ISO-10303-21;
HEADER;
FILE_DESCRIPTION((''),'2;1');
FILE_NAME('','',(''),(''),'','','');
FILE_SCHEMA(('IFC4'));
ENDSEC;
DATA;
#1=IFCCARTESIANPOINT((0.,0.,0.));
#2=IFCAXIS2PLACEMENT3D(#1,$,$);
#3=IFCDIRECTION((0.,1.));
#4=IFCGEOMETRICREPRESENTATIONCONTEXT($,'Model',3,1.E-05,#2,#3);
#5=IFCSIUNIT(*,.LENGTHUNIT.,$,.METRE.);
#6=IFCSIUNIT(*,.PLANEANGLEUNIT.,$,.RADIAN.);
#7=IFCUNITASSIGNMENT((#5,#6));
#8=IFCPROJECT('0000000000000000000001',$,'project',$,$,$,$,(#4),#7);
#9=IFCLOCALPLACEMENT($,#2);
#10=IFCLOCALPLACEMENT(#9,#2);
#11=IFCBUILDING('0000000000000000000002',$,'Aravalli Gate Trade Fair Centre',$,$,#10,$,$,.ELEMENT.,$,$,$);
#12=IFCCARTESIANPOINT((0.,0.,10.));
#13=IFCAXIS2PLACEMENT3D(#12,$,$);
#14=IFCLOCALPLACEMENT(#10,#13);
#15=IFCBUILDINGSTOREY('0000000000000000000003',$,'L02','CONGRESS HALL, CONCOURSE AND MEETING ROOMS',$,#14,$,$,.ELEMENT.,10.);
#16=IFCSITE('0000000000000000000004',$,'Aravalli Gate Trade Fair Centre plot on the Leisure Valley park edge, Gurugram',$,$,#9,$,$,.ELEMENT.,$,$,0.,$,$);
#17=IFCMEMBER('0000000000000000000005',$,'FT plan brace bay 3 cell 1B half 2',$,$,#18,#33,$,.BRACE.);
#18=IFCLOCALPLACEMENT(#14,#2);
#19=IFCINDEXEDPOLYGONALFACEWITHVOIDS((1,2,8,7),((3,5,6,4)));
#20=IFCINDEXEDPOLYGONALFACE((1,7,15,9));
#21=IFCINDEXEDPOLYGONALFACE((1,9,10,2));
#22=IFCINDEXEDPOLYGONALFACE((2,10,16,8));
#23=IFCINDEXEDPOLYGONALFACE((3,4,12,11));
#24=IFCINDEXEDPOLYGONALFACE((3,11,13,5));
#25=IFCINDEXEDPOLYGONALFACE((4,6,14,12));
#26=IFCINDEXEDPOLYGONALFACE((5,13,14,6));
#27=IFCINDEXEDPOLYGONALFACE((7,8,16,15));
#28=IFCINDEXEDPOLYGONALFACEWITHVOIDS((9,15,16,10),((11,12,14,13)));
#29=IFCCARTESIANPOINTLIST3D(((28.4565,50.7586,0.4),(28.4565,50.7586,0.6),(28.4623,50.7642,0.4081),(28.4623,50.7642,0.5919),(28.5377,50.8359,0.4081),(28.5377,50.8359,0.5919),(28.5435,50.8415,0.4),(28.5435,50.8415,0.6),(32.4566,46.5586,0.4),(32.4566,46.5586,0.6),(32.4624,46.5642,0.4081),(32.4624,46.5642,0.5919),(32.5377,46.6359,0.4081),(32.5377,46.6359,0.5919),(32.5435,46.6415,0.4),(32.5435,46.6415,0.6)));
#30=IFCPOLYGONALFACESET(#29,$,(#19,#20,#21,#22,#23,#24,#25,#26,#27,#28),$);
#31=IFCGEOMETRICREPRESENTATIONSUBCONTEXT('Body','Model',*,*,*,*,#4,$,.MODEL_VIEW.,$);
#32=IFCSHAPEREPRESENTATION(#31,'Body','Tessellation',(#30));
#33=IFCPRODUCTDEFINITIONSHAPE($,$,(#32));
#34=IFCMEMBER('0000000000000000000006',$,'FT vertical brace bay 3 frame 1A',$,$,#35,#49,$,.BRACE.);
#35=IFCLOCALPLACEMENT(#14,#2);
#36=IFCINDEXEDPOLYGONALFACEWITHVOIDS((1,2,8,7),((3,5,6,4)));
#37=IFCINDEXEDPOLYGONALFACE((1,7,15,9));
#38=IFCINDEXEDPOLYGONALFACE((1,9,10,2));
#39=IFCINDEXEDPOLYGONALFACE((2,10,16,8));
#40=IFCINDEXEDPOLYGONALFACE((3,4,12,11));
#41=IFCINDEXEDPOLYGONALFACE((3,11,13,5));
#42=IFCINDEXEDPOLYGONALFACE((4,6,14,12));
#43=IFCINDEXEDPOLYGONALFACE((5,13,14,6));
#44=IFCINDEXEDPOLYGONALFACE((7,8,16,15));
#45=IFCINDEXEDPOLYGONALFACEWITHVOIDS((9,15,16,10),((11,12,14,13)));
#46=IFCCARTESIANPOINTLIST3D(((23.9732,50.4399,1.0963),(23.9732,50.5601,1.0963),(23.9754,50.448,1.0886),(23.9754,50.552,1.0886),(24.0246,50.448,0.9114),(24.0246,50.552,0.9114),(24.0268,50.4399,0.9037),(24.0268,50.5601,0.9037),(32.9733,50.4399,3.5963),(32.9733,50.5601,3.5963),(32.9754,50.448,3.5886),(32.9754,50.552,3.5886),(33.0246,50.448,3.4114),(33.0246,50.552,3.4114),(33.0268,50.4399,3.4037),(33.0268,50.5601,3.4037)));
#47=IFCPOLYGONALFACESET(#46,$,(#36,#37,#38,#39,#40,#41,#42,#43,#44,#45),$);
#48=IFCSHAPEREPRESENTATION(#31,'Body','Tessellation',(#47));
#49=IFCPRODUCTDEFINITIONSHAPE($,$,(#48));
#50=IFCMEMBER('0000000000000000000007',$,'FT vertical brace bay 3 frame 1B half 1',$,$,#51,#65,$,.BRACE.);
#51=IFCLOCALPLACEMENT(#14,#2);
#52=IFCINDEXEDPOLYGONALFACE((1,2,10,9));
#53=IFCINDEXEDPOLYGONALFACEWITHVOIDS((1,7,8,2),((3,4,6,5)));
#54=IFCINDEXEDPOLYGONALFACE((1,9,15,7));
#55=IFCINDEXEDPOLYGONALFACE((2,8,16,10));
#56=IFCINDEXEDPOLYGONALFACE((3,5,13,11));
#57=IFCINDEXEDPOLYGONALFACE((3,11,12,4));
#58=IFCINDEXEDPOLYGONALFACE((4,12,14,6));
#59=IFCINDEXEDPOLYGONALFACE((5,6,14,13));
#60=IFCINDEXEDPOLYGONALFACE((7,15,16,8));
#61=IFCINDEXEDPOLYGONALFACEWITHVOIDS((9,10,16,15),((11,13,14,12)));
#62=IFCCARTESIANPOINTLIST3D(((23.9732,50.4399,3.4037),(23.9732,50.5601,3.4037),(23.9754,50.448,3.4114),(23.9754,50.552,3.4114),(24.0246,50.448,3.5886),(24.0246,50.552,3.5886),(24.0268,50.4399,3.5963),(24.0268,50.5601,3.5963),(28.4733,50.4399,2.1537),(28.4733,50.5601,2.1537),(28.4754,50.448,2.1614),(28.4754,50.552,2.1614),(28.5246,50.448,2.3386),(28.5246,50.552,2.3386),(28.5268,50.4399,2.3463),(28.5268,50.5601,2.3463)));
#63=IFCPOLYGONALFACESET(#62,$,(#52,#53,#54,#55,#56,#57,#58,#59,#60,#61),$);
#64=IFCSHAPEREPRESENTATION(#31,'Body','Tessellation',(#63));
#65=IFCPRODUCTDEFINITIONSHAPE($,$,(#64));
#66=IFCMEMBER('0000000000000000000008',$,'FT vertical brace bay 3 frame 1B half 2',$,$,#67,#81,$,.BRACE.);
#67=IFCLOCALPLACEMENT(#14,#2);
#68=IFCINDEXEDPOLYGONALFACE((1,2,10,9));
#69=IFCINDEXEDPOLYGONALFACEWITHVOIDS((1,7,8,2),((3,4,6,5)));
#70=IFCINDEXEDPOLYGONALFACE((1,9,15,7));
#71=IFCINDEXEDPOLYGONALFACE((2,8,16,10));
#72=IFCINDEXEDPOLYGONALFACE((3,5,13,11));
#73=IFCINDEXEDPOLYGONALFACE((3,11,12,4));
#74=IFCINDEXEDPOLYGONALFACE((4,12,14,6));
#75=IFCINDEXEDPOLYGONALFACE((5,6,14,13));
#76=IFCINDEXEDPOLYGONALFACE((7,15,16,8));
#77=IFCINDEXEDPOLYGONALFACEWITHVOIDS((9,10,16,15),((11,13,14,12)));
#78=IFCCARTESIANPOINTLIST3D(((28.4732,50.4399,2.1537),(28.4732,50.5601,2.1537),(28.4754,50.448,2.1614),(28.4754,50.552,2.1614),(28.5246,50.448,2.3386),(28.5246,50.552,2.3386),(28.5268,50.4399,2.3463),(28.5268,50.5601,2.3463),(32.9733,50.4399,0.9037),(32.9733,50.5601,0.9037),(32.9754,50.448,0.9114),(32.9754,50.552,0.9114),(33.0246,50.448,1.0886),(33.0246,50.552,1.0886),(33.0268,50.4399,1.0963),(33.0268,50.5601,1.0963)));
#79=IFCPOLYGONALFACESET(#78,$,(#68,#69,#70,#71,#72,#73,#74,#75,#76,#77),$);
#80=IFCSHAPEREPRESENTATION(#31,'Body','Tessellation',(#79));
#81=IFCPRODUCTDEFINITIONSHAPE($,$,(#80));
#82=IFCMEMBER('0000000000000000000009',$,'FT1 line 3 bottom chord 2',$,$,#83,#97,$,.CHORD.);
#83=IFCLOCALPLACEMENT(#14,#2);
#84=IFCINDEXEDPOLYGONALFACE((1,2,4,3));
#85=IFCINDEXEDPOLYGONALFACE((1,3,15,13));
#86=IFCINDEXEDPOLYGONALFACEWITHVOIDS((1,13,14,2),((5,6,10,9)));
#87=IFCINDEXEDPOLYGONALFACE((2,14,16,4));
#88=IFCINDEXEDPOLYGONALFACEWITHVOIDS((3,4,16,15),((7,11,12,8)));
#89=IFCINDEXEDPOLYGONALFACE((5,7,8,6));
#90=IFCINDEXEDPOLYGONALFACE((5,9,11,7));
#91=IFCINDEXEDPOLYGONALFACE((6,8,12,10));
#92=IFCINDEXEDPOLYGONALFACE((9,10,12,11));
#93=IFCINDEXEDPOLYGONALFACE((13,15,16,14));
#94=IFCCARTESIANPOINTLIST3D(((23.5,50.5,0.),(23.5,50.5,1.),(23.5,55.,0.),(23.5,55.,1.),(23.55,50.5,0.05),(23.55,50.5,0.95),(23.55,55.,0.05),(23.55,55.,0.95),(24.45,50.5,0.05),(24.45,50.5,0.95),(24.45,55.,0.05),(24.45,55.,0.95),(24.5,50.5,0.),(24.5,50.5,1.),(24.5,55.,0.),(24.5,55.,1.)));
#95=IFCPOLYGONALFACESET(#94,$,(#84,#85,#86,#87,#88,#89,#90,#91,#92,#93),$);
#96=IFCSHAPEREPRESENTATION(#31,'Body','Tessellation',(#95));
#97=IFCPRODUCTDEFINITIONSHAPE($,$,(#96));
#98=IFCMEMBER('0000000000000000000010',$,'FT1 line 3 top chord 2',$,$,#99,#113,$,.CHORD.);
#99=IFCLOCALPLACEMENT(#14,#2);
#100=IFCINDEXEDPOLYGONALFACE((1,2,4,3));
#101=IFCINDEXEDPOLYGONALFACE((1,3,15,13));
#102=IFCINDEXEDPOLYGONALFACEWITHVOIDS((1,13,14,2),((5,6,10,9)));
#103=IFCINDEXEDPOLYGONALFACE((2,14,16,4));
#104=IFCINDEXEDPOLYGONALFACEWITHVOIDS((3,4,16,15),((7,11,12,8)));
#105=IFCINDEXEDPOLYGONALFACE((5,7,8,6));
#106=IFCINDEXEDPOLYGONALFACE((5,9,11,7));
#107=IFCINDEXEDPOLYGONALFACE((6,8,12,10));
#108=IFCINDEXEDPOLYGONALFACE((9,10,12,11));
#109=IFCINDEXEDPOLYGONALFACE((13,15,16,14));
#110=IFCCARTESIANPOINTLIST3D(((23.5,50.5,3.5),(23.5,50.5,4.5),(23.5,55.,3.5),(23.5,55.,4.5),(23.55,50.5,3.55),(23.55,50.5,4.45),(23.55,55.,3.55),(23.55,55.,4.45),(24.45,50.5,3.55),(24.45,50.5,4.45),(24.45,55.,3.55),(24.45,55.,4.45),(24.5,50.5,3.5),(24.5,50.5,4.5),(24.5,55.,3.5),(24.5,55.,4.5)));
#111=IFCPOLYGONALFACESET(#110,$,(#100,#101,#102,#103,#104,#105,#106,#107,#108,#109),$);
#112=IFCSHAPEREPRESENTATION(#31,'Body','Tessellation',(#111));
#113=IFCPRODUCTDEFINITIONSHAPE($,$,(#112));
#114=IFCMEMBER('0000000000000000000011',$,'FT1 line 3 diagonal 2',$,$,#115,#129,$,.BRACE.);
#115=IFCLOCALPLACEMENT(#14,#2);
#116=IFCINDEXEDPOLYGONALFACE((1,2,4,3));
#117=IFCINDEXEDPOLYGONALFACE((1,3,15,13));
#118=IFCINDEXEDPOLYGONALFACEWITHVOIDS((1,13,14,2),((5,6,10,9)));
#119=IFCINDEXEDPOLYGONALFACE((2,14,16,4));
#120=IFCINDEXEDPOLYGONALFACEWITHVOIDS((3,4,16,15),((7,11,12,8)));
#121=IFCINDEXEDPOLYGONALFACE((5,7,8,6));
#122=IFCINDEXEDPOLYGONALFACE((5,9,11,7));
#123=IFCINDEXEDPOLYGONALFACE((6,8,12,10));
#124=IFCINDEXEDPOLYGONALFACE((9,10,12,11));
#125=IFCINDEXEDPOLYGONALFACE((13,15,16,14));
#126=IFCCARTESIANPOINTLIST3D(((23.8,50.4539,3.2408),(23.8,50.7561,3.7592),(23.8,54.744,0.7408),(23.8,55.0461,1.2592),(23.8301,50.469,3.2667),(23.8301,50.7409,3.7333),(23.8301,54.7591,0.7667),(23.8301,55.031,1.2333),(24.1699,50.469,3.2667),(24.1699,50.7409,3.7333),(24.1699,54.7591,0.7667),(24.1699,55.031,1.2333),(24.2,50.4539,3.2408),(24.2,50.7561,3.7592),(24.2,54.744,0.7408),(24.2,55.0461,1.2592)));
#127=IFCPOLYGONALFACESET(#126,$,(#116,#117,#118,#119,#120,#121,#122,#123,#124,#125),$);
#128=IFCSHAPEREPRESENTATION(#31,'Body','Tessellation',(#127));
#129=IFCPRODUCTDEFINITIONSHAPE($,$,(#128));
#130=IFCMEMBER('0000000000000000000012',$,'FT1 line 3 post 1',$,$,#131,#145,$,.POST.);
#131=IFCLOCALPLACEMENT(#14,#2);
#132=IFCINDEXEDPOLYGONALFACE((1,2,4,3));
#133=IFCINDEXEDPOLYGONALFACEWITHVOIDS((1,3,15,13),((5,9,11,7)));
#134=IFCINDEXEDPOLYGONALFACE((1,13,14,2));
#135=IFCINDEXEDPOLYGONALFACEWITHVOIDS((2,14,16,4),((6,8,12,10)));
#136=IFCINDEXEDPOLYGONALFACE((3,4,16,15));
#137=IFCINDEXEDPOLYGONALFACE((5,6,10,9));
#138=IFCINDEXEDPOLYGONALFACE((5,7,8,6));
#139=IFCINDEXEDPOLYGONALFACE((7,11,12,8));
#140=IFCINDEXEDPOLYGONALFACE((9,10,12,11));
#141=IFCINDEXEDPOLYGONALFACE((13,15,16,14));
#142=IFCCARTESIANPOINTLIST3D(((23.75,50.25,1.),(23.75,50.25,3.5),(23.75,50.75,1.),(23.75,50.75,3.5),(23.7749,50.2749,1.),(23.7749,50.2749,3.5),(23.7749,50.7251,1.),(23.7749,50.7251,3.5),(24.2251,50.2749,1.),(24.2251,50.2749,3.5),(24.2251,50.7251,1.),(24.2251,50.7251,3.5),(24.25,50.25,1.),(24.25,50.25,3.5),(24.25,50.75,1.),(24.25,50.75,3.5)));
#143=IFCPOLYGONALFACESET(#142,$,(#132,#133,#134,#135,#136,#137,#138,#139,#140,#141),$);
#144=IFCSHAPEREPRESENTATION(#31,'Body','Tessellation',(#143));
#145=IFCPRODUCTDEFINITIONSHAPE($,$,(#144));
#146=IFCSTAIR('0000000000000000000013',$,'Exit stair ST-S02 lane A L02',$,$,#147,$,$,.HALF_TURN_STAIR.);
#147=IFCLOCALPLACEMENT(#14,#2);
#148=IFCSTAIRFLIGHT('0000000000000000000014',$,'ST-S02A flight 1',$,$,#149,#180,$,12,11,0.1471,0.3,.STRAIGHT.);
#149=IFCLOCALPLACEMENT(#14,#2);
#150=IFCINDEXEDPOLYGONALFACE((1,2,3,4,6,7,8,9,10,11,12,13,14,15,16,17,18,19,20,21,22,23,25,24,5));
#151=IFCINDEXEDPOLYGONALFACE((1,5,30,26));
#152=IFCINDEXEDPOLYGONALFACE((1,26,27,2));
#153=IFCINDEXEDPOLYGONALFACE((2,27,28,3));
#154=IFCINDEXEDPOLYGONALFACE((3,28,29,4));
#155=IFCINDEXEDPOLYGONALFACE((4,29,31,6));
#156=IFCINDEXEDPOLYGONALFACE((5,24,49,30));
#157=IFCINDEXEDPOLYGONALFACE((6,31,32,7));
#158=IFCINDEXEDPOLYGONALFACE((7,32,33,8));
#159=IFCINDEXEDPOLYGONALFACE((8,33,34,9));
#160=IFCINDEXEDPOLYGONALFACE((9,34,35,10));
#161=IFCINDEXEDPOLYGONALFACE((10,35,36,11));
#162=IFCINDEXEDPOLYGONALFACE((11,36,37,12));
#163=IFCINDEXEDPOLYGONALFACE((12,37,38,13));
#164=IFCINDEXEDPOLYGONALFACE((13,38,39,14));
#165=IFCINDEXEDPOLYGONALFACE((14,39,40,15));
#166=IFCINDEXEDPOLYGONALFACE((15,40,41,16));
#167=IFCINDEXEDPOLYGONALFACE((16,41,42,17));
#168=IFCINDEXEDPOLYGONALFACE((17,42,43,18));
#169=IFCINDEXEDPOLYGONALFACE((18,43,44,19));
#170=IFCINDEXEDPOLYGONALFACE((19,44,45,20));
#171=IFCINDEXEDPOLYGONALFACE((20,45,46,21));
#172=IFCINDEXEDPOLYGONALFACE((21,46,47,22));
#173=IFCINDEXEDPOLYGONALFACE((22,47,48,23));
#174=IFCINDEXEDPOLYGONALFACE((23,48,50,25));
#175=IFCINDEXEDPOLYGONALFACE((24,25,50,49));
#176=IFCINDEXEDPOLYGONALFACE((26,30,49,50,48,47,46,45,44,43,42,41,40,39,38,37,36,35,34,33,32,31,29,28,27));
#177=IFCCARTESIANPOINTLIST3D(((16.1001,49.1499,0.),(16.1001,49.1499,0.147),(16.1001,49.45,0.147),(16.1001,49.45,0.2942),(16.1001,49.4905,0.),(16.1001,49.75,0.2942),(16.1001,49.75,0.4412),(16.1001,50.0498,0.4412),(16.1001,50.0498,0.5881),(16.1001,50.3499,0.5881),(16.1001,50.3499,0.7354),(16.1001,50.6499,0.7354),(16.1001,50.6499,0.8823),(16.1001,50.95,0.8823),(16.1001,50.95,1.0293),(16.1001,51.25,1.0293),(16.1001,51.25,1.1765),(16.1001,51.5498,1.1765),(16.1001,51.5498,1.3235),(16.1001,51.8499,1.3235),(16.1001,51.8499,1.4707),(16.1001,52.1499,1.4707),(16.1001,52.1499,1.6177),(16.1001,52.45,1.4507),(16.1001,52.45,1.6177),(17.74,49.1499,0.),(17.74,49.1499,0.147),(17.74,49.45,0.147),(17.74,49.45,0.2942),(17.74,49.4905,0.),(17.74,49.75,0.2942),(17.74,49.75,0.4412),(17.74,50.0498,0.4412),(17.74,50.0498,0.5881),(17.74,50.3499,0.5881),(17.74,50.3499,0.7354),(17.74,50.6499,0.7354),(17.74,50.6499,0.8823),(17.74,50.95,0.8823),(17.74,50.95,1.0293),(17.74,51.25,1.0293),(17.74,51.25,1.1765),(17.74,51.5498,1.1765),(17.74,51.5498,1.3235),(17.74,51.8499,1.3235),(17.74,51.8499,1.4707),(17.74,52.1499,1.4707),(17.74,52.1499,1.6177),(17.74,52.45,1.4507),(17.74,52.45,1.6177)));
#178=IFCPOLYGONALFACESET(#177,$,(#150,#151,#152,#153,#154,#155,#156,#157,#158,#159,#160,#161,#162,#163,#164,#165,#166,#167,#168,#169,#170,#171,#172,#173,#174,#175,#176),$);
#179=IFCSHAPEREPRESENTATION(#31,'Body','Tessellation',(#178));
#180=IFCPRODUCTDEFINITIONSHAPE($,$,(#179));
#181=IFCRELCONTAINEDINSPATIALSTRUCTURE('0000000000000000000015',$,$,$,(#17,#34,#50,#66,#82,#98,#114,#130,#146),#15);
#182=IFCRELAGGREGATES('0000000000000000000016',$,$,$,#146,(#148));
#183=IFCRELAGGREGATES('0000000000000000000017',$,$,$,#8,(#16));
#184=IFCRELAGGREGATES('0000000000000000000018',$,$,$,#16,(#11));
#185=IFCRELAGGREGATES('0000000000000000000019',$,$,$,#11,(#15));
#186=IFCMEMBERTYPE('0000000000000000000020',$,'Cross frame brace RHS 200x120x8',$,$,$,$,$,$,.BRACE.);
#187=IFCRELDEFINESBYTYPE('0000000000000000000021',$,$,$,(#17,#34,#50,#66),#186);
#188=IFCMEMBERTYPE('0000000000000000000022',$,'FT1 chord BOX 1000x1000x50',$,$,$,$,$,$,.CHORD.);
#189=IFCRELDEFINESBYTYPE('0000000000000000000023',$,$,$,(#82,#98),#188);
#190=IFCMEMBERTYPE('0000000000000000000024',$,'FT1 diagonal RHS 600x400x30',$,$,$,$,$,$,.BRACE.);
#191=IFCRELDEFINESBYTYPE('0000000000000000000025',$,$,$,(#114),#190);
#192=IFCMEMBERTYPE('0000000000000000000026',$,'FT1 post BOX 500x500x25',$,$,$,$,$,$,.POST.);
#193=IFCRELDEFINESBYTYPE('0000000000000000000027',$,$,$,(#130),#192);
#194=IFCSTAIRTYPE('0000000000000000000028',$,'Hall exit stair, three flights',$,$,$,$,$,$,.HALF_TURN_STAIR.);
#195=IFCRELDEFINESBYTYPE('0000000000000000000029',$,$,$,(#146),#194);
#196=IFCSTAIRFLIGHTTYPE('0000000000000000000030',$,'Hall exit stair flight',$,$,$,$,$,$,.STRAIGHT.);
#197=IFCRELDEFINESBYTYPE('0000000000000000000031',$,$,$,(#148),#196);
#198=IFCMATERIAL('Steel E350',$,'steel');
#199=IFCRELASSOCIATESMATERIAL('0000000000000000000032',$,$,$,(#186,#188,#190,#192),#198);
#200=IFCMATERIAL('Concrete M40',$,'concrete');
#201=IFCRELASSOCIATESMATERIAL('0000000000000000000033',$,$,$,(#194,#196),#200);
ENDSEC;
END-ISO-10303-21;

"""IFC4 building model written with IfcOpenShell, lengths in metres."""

from ifc_helpers import new_model, si_unit, direction, frame, origin, origin_2d, place, context, subcontext, project, spatial, polyline, hollow_rectangle, outline, extrude, material, material_profile, profile_set, type_object, element, aggregate, save


model = new_model("IFC4")

# Units and contexts
model_context = context("Model", 3, precision=1e-05, world=origin(), true_north=direction((0.0, 1.0)))
body_context = subcontext(model_context, "Body", "Model", "MODEL_VIEW")
ifc_project = project(units=[si_unit("LENGTHUNIT", "METRE"), si_unit("PLANEANGLEUNIT", "RADIAN")], contexts=[model_context])

# Site, building, storey
site_placement = place(None, origin())
site = spatial("IfcSite", under=ifc_project, at=site_placement, Name="Aravalli Gate Trade Fair Centre plot on the Leisure Valley park edge, Gurugram", CompositionType="ELEMENT", RefElevation=0.0)
building_placement = place(site_placement, origin())
building = spatial("IfcBuilding", under=site, at=building_placement, Name="Aravalli Gate Trade Fair Centre", CompositionType="ELEMENT")
storey_placement = place(building_placement, frame((0.0, 0.0, 10.0)))
storey = spatial("IfcBuildingStorey", under=building, at=storey_placement, Name="L02", Description="CONGRESS HALL, CONCOURSE AND MEETING ROOMS", CompositionType="ELEMENT", Elevation=10.0)

# Members
ifc_material_1 = material(Name="Steel E350", Category="steel")
ifc_material_profile_1 = material_profile(ifc_material_1, hollow_rectangle(XDim=0.1201, YDim=0.2, WallThickness=0.0081, at=origin_2d()), Name="RHS 200x120x8")
ifc_profile_set_1 = profile_set([ifc_material_profile_1], Name="Steel E350")
member_type_1 = type_object("IfcMemberType", Name="Cross frame brace RHS 200x120x8", PredefinedType="BRACE", material=ifc_profile_set_1)
member_1_placement = place(storey_placement, frame((28.5, 50.8, 0.5), z_axis=(0.689659, -0.724134, 0.0), x_axis=(0.724134, 0.689659, 0.0)))
element("IfcMember", 1, at=member_1_placement, inside=storey, type_object=member_type_1, Name="FT plan brace bay 3 cell 1B half 2", PredefinedType="BRACE", context=body_context, shape_type="SweptSolid", body=[
    extrude(hollow_rectangle(XDim=0.1201, YDim=0.2, WallThickness=0.0081, at=origin_2d()), origin(), (0.0, 0.0, 1.0), 5.8),
])
member_2_placement = place(storey_placement, frame((24.0, 50.5, 1.0), z_axis=(0.963518, 0.0, 0.267644), x_axis=(0.0, 1.0, 0.0)))
element("IfcMember", 2, at=member_2_placement, inside=storey, type_object=member_type_1, Name="FT vertical brace bay 3 frame 1A", PredefinedType="BRACE", context=body_context, shape_type="SweptSolid", body=[
    extrude(hollow_rectangle(XDim=0.1201, YDim=0.2, WallThickness=0.0081, at=origin_2d()), origin(), (0.0, 0.0, 1.0), 9.3408),
])
for number, where, z_axis, x_axis, name in (
    (3, (24.0, 50.5, 3.5), (0.963518, 0.0, -0.267644), (0.0, 1.0, 0.0), "FT vertical brace bay 3 frame 1B half 1"),
    (4, (28.5, 50.5, 2.25), (0.963518, 0.0, -0.267644), (0.0, 1.0, 0.0), "FT vertical brace bay 3 frame 1B half 2"),
):
    element("IfcMember", number, at=place(storey_placement, frame(where, z_axis=z_axis, x_axis=x_axis)), inside=storey, type_object=member_type_1, Name=name, PredefinedType="BRACE", context=body_context, shape_type="SweptSolid", body=[
        extrude(hollow_rectangle(XDim=0.1201, YDim=0.2, WallThickness=0.0081, at=origin_2d()), origin(), (0.0, 0.0, 1.0), 4.6704),
    ])
ifc_material_profile_2 = material_profile(ifc_material_1, hollow_rectangle(XDim=1.0, YDim=1.0, WallThickness=0.05, at=origin_2d()), Name="BOX 1000x1000x50")
ifc_profile_set_2 = profile_set([ifc_material_profile_2], Name="Steel E350")
member_type_2 = type_object("IfcMemberType", Name="FT1 chord BOX 1000x1000x50", PredefinedType="CHORD", material=ifc_profile_set_2)
for number, where, z_axis, x_axis, name in (
    (5, (24.0, 50.5, 0.5), (0.0, 1.0, 0.0), (-1.0, 0.0, 0.0), "FT1 line 3 bottom chord 2"),
    (6, (24.0, 50.5, 4.0), (0.0, 1.0, 0.0), (-1.0, 0.0, 0.0), "FT1 line 3 top chord 2"),
):
    element("IfcMember", number, at=place(storey_placement, frame(where, z_axis=z_axis, x_axis=x_axis)), inside=storey, type_object=member_type_2, Name=name, PredefinedType="CHORD", context=body_context, shape_type="SweptSolid", body=[
        extrude(hollow_rectangle(XDim=1.0, YDim=1.0, WallThickness=0.05, at=origin_2d()), origin(), (0.0, 0.0, 1.0), 4.5),
    ])
ifc_material_profile_3 = material_profile(ifc_material_1, hollow_rectangle(XDim=0.3999, YDim=0.6001, WallThickness=0.03, at=origin_2d()), Name="RHS 600x400x30")
ifc_profile_set_3 = profile_set([ifc_material_profile_3], Name="Steel E350")
member_type_3 = type_object("IfcMemberType", Name="FT1 diagonal RHS 600x400x30", PredefinedType="BRACE", material=ifc_profile_set_3)
member_3_placement = place(storey_placement, frame((24.0, 50.605, 3.5), z_axis=(0.0, 0.864, -0.503492), x_axis=(-1.0, 0.0, 0.0)))
element("IfcMember", 7, at=member_3_placement, inside=storey, type_object=member_type_3, Name="FT1 line 3 diagonal 2", PredefinedType="BRACE", context=body_context, shape_type="SweptSolid", body=[
    extrude(hollow_rectangle(XDim=0.3999, YDim=0.6001, WallThickness=0.03, at=origin_2d()), origin(), (0.0, 0.0, 1.0), 4.9653),
])
ifc_material_profile_4 = material_profile(ifc_material_1, hollow_rectangle(XDim=0.5, YDim=0.5, WallThickness=0.0249, at=origin_2d()), Name="BOX 500x500x25")
ifc_profile_set_4 = profile_set([ifc_material_profile_4], Name="Steel E350")
member_type_4 = type_object("IfcMemberType", Name="FT1 post BOX 500x500x25", PredefinedType="POST", material=ifc_profile_set_4)
member_4_placement = place(storey_placement, frame((24.0, 50.5, 1.0), z_axis=(0.0, 0.0, 1.0), x_axis=(1.0, 0.0, 0.0)))
element("IfcMember", 8, at=member_4_placement, inside=storey, type_object=member_type_4, Name="FT1 line 3 post 1", PredefinedType="POST", context=body_context, shape_type="SweptSolid", body=[
    extrude(hollow_rectangle(XDim=0.5, YDim=0.5, WallThickness=0.0249, at=origin_2d()), origin(), (0.0, 0.0, 1.0), 2.5),
])

# Stair, stair flight
ifc_material_2 = material(Name="Concrete M40", Category="concrete")
stair_type = type_object("IfcStairType", Name="Hall exit stair, three flights", PredefinedType="HALF_TURN_STAIR", material=ifc_material_2)
stair_1_placement = place(storey_placement, origin())
stair_1 = element("IfcStair", 9, at=stair_1_placement, inside=storey, type_object=stair_type, Name="Exit stair ST-S02 lane A L02", PredefinedType="HALF_TURN_STAIR")
stair_flight_type = type_object("IfcStairFlightType", Name="Hall exit stair flight", PredefinedType="STRAIGHT", material=ifc_material_2)
stair_flight_1_placement = place(storey_placement, frame((16.9199, 49.1499, 0.0), z_axis=(0.0, 0.0, 1.0), x_axis=(0.0, 1.0, 0.0)))
stair_flight_1 = element("IfcStairFlight", 10, at=stair_flight_1_placement, type_object=stair_flight_type, Name="ST-S02A flight 1", NumberOfRisers=12, NumberOfTreads=11, PredefinedType="STRAIGHT", RiserHeight=0.1471, TreadLength=0.3, context=body_context, shape_type="SweptSolid", body=[
    extrude(outline(polyline([(0.0, 0.0), (0.0, 0.147), (0.3, 0.147), (0.3, 0.2942), (0.6001, 0.2942), (0.6001, 0.4412), (0.8999, 0.4412), (0.8999, 0.5881), (1.2, 0.5881), (1.2, 0.7354), (1.5, 0.7354), (1.5, 0.8823), (1.8, 0.8823), (1.8, 1.0293), (2.1001, 1.0293), (2.1001, 1.1765), (2.3999, 1.1765), (2.3999, 1.3235), (2.7, 1.3235), (2.7, 1.4707), (3.0, 1.4707), (3.0, 1.6177), (3.3, 1.6177), (3.3, 1.7646), (3.3, 1.4507), (0.3406, 0.0), (0.0, 0.0)])), frame((0.0, 0.8198, 0.0), z_axis=(0.0, -1.0, 0.0), x_axis=(1.0, 0.0, 0.0)), (0.0, 0.0, 1.0), 1.6399),
])
aggregate(stair_1, [stair_flight_1])

save(model, "model.ifc")
